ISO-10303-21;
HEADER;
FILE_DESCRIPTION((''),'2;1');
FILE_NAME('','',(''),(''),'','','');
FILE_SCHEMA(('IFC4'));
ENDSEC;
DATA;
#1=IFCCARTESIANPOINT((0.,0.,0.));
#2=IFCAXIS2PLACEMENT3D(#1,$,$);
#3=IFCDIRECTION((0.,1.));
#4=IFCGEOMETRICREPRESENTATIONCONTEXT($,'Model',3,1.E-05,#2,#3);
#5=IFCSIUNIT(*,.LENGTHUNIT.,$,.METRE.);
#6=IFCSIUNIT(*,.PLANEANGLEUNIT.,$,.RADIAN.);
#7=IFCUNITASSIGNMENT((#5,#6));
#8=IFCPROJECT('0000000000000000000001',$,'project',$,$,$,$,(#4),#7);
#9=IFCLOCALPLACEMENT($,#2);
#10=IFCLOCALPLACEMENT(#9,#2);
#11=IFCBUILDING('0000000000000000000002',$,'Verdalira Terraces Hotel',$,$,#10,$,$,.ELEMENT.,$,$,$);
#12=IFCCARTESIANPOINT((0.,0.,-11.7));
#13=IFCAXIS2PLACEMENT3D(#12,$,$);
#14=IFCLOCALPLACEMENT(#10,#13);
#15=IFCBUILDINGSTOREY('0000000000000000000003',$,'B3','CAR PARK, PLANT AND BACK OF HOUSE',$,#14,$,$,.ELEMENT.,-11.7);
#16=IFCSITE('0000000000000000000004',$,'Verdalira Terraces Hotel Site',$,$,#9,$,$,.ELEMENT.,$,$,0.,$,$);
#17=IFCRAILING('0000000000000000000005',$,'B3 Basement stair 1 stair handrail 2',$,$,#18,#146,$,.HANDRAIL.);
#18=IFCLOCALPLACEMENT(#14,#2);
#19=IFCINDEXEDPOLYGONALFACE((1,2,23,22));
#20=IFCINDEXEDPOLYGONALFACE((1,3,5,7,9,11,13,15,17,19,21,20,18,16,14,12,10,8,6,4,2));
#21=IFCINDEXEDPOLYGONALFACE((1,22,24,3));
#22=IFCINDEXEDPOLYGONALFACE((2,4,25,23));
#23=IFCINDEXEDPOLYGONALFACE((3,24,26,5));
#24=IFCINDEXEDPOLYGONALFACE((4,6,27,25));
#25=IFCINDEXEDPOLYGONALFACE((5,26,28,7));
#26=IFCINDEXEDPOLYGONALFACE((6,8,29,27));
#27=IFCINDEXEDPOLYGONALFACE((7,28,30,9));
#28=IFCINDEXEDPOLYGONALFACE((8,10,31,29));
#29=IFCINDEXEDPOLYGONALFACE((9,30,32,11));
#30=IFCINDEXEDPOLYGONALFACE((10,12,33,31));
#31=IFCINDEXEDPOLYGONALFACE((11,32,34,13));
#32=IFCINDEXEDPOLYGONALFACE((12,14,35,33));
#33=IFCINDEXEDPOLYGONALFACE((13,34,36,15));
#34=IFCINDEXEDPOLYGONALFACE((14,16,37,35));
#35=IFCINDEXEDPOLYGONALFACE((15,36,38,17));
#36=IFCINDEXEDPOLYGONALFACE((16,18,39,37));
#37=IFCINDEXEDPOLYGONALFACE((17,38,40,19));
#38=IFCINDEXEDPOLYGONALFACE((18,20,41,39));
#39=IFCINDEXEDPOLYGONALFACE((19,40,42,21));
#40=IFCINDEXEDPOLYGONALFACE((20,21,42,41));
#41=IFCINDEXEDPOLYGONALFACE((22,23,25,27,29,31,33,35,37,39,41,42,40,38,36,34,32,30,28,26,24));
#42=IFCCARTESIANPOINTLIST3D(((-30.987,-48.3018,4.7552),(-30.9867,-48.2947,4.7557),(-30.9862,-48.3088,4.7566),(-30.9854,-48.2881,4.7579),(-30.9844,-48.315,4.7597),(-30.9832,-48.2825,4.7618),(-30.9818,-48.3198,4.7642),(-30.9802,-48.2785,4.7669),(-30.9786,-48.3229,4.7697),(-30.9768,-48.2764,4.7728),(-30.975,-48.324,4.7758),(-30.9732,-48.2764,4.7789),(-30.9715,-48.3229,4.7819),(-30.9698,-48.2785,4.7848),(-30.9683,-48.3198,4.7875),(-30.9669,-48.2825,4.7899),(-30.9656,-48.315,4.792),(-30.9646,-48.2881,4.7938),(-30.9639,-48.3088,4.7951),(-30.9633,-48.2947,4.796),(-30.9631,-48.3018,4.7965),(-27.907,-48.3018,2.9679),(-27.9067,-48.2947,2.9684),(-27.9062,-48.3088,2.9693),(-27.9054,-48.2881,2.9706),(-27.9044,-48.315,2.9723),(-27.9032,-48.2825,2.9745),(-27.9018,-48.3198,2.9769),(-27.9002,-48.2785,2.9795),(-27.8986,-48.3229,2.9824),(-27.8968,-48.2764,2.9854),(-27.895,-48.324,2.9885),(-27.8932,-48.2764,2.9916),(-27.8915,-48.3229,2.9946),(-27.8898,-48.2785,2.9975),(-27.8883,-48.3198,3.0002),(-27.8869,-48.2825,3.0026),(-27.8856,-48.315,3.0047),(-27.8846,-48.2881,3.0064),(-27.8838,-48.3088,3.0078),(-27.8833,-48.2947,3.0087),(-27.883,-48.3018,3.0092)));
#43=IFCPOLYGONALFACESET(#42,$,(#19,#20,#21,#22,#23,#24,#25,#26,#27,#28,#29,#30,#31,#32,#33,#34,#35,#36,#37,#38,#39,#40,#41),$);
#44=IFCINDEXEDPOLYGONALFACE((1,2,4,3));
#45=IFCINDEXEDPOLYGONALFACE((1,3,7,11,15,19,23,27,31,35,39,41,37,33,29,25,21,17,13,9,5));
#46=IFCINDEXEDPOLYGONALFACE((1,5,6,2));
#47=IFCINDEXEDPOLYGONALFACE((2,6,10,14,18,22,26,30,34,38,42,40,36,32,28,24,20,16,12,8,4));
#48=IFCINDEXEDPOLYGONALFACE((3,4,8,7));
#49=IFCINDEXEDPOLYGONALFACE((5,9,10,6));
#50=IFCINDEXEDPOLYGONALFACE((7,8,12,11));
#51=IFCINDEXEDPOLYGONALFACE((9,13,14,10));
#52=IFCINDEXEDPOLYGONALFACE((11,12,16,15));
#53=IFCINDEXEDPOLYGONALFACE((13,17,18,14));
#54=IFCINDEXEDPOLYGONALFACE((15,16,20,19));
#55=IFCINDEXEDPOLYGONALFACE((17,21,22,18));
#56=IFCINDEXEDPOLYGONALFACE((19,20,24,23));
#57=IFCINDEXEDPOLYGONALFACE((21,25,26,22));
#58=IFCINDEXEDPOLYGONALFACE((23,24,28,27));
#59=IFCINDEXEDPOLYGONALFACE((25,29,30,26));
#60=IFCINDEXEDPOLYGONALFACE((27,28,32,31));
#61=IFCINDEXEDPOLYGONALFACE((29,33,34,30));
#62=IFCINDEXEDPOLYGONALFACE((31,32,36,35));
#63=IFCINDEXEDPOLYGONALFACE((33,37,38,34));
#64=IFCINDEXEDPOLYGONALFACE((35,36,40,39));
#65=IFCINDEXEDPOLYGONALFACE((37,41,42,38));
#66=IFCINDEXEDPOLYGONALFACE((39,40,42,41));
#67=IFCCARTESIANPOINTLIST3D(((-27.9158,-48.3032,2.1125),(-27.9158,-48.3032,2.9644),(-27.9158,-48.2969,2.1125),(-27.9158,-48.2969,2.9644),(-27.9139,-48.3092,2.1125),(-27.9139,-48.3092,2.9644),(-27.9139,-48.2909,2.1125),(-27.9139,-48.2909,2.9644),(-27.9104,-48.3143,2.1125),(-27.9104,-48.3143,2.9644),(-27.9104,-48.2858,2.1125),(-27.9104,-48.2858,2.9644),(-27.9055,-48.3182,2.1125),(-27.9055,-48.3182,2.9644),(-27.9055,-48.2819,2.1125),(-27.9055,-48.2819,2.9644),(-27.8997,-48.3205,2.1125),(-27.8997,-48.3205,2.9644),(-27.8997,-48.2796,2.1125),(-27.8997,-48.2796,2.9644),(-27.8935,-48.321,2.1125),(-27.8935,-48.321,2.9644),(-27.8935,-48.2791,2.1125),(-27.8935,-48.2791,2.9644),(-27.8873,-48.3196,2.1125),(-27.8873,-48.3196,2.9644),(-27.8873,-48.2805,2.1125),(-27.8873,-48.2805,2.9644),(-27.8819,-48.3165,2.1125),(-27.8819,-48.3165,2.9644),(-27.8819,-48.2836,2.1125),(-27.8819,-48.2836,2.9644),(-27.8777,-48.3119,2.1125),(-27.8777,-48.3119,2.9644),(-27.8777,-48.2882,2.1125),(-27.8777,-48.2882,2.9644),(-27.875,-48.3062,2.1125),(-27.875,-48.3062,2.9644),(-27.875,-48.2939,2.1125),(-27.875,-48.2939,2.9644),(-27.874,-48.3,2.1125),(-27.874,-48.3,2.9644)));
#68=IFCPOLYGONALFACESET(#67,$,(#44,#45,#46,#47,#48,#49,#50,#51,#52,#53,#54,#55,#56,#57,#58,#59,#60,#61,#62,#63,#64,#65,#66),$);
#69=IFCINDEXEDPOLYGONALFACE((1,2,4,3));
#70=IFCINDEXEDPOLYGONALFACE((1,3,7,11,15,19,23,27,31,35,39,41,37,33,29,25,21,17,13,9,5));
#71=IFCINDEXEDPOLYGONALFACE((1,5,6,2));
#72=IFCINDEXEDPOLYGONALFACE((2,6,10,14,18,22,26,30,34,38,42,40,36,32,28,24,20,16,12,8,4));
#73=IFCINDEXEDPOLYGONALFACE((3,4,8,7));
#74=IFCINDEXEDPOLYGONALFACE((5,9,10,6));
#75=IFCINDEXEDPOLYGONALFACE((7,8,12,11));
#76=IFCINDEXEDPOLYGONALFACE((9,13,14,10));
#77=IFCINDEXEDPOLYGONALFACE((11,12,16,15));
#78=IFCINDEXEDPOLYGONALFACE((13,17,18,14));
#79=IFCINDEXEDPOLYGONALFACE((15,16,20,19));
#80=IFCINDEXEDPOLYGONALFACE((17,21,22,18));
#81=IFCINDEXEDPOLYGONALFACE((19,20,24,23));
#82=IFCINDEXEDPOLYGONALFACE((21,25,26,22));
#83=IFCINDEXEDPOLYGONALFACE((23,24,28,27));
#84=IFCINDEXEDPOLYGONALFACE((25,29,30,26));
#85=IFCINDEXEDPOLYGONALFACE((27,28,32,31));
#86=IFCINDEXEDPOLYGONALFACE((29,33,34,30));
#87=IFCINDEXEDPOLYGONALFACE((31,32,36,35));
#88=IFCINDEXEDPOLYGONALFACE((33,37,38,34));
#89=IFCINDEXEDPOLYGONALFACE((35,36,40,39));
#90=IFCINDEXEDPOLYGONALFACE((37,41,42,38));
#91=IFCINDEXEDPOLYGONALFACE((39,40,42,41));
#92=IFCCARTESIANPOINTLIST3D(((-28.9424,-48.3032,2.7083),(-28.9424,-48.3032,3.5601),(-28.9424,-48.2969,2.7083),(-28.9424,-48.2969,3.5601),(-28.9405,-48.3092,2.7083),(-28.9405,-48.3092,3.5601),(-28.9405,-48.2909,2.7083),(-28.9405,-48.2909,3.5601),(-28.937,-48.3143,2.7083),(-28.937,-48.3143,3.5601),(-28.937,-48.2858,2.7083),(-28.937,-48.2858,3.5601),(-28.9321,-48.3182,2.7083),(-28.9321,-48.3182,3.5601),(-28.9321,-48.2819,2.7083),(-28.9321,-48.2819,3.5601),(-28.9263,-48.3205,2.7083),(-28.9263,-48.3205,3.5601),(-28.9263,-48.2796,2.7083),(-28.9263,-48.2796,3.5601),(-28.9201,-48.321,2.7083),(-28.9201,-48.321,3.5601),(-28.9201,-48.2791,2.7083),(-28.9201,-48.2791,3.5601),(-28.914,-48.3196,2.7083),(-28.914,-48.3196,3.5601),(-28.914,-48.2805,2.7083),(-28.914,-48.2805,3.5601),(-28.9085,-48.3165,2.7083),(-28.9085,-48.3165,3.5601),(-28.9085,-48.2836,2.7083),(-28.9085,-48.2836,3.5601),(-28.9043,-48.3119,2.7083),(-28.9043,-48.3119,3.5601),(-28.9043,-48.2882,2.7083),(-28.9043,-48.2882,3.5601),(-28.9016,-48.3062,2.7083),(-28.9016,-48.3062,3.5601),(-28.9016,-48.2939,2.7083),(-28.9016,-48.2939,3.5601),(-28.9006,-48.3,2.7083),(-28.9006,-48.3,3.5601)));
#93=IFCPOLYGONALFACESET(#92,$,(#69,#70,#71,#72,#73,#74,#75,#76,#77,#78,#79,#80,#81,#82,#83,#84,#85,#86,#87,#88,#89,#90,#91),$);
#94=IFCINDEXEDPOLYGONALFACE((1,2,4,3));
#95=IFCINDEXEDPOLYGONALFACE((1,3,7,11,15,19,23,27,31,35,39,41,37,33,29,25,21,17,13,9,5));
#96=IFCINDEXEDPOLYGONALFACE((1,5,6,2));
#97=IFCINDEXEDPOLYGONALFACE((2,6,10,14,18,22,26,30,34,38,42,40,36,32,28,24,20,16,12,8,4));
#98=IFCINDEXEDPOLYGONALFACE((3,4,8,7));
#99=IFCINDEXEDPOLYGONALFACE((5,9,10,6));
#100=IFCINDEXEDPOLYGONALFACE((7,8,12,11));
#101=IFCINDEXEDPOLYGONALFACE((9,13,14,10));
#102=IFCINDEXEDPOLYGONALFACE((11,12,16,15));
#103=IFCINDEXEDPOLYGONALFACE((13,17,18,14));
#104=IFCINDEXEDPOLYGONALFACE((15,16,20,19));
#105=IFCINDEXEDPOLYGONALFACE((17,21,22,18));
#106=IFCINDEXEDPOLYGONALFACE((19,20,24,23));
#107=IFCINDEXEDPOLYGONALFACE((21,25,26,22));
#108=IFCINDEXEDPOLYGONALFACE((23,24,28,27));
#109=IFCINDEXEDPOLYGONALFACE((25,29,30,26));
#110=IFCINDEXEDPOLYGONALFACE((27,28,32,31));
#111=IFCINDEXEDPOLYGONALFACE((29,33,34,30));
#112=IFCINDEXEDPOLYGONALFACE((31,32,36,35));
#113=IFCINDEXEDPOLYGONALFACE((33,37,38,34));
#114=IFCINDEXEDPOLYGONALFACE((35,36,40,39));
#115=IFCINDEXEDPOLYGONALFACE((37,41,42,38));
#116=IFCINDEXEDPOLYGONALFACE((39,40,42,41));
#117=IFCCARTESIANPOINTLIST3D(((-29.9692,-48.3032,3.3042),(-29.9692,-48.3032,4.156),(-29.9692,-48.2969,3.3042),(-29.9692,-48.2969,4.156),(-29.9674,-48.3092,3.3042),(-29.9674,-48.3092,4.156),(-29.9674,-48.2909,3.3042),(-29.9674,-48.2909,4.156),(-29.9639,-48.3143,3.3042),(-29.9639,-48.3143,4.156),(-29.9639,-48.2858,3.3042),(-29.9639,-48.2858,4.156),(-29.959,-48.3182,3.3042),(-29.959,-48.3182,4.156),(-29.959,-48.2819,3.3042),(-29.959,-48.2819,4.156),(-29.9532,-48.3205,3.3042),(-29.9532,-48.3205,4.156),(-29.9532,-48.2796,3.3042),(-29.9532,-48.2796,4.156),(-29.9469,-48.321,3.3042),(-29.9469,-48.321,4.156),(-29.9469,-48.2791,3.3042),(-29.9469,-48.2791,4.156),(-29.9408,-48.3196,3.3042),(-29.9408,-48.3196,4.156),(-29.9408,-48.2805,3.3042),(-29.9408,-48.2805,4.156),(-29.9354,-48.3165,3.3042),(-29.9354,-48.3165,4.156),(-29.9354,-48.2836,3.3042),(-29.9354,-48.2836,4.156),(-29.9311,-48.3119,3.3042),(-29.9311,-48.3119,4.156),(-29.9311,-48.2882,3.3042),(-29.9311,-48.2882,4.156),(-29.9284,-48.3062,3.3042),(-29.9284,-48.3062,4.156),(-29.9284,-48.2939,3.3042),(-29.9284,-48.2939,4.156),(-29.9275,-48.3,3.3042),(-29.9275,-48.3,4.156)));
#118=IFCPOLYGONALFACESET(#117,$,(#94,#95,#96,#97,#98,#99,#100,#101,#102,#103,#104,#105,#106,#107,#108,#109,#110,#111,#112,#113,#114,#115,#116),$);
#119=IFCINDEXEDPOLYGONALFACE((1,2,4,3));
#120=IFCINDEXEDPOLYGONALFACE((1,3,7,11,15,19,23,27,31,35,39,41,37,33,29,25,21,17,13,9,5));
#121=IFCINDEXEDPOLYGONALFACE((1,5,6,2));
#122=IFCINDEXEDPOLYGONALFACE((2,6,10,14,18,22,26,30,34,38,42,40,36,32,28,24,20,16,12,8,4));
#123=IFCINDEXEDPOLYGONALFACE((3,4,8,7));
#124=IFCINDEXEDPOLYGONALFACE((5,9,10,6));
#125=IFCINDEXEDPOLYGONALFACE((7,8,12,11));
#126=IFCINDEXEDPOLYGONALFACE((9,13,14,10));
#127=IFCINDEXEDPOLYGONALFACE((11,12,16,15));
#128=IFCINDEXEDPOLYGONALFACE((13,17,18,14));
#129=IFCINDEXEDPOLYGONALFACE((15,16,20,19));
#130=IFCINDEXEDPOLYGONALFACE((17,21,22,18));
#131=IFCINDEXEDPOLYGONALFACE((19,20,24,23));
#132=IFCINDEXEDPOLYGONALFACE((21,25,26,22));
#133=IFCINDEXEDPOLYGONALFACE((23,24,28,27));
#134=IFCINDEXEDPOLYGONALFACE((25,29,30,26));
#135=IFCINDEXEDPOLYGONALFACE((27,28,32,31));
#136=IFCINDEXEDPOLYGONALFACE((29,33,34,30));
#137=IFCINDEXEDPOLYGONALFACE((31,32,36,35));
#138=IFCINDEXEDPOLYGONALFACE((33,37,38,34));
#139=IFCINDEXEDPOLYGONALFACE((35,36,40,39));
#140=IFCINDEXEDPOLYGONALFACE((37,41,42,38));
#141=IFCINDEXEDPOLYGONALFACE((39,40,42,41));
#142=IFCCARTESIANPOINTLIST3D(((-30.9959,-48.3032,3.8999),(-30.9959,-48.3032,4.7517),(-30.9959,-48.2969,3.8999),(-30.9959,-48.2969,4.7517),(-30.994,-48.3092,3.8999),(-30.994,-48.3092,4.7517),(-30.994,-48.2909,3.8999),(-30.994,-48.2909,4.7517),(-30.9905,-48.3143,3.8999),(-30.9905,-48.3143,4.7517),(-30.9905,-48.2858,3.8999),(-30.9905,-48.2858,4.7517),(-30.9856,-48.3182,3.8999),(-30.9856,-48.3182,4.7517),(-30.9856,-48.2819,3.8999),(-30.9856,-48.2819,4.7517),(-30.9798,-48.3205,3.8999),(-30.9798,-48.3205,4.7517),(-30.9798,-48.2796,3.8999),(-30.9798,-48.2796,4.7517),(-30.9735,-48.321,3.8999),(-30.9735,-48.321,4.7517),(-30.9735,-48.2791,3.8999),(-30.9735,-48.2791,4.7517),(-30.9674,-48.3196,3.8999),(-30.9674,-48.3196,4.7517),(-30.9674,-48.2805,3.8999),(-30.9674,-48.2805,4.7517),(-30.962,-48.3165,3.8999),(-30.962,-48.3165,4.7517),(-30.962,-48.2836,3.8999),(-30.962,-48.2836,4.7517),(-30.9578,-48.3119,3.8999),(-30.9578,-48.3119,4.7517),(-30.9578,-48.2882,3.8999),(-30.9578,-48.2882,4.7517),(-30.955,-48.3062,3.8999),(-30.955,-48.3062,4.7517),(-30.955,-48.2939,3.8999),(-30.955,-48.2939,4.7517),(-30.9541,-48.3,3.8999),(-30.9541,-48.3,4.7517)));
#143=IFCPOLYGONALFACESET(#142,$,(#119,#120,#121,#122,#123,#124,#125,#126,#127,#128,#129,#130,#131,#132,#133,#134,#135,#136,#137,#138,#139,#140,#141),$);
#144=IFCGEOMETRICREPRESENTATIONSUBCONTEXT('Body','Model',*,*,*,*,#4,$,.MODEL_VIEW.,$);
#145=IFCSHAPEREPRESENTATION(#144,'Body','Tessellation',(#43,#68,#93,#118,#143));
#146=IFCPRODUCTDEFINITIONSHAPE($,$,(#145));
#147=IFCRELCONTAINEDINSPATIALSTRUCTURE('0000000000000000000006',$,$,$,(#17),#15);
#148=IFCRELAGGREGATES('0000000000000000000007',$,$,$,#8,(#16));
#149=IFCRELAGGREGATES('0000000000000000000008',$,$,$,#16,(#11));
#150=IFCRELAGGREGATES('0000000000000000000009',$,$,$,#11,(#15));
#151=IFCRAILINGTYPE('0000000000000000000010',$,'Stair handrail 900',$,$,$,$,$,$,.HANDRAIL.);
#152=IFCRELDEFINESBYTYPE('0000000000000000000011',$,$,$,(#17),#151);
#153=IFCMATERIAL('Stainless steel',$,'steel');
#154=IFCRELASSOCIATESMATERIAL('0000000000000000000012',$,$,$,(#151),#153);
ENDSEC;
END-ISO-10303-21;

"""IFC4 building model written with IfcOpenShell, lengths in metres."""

from ifc_helpers import new_model, si_unit, direction, frame, origin, origin_2d, place, context, subcontext, project, spatial, circle, extrude, material, type_object, element, save


model = new_model("IFC4")

# Units and contexts
model_context = context("Model", 3, precision=1e-05, world=origin(), true_north=direction((0.0, 1.0)))
body_context = subcontext(model_context, "Body", "Model", "MODEL_VIEW")
ifc_project = project(units=[si_unit("LENGTHUNIT", "METRE"), si_unit("PLANEANGLEUNIT", "RADIAN")], contexts=[model_context])

# Site, building, storey
site_placement = place(None, origin())
site = spatial("IfcSite", under=ifc_project, at=site_placement, Name="Verdalira Terraces Hotel Site", CompositionType="ELEMENT", RefElevation=0.0)
building_placement = place(site_placement, origin())
building = spatial("IfcBuilding", under=site, at=building_placement, Name="Verdalira Terraces Hotel", CompositionType="ELEMENT")
storey_placement = place(building_placement, frame((0.0, 0.0, -11.7)))
storey = spatial("IfcBuildingStorey", under=building, at=storey_placement, Name="B3", Description="CAR PARK, PLANT AND BACK OF HOUSE", CompositionType="ELEMENT", Elevation=-11.7)

# Railing
ifc_material_1 = material(Name="Stainless steel", Category="steel")
railing_type_1 = type_object("IfcRailingType", Name="Stair handrail 900", PredefinedType="HANDRAIL", material=ifc_material_1)
railing_1_placement = place(storey_placement, frame((-27.895, -48.3, 2.1125)))
element("IfcRailing", 1, at=railing_1_placement, inside=storey, type_object=railing_type_1, Name="B3 Basement stair 1 stair handrail 2", PredefinedType="HANDRAIL", context=body_context, shape_type="SweptSolid", body=[
    extrude(circle(Radius=0.0239, at=origin_2d()), frame((0.0, 0.0, 0.876), z_axis=(-0.86492, 0.0, 0.501909), x_axis=(0.0, -1.0, 0.0)), (0.0, 0.0, 1.0), 3.561),
    extrude(circle(Radius=0.021, at=origin_2d()), origin(), (0.0, 0.0, 1.0), 0.8518),
    extrude(circle(Radius=0.021, at=origin_2d()), frame((-1.0266, 0.0, 0.5957)), (0.0, 0.0, 1.0), 0.8518),
    extrude(circle(Radius=0.021, at=origin_2d()), frame((-2.0535, 0.0, 1.1917)), (0.0, 0.0, 1.0), 0.8518),
    extrude(circle(Radius=0.021, at=origin_2d()), frame((-3.0801, 0.0, 1.7874)), (0.0, 0.0, 1.0), 0.8518),
])

save(model, "model.ifc")
